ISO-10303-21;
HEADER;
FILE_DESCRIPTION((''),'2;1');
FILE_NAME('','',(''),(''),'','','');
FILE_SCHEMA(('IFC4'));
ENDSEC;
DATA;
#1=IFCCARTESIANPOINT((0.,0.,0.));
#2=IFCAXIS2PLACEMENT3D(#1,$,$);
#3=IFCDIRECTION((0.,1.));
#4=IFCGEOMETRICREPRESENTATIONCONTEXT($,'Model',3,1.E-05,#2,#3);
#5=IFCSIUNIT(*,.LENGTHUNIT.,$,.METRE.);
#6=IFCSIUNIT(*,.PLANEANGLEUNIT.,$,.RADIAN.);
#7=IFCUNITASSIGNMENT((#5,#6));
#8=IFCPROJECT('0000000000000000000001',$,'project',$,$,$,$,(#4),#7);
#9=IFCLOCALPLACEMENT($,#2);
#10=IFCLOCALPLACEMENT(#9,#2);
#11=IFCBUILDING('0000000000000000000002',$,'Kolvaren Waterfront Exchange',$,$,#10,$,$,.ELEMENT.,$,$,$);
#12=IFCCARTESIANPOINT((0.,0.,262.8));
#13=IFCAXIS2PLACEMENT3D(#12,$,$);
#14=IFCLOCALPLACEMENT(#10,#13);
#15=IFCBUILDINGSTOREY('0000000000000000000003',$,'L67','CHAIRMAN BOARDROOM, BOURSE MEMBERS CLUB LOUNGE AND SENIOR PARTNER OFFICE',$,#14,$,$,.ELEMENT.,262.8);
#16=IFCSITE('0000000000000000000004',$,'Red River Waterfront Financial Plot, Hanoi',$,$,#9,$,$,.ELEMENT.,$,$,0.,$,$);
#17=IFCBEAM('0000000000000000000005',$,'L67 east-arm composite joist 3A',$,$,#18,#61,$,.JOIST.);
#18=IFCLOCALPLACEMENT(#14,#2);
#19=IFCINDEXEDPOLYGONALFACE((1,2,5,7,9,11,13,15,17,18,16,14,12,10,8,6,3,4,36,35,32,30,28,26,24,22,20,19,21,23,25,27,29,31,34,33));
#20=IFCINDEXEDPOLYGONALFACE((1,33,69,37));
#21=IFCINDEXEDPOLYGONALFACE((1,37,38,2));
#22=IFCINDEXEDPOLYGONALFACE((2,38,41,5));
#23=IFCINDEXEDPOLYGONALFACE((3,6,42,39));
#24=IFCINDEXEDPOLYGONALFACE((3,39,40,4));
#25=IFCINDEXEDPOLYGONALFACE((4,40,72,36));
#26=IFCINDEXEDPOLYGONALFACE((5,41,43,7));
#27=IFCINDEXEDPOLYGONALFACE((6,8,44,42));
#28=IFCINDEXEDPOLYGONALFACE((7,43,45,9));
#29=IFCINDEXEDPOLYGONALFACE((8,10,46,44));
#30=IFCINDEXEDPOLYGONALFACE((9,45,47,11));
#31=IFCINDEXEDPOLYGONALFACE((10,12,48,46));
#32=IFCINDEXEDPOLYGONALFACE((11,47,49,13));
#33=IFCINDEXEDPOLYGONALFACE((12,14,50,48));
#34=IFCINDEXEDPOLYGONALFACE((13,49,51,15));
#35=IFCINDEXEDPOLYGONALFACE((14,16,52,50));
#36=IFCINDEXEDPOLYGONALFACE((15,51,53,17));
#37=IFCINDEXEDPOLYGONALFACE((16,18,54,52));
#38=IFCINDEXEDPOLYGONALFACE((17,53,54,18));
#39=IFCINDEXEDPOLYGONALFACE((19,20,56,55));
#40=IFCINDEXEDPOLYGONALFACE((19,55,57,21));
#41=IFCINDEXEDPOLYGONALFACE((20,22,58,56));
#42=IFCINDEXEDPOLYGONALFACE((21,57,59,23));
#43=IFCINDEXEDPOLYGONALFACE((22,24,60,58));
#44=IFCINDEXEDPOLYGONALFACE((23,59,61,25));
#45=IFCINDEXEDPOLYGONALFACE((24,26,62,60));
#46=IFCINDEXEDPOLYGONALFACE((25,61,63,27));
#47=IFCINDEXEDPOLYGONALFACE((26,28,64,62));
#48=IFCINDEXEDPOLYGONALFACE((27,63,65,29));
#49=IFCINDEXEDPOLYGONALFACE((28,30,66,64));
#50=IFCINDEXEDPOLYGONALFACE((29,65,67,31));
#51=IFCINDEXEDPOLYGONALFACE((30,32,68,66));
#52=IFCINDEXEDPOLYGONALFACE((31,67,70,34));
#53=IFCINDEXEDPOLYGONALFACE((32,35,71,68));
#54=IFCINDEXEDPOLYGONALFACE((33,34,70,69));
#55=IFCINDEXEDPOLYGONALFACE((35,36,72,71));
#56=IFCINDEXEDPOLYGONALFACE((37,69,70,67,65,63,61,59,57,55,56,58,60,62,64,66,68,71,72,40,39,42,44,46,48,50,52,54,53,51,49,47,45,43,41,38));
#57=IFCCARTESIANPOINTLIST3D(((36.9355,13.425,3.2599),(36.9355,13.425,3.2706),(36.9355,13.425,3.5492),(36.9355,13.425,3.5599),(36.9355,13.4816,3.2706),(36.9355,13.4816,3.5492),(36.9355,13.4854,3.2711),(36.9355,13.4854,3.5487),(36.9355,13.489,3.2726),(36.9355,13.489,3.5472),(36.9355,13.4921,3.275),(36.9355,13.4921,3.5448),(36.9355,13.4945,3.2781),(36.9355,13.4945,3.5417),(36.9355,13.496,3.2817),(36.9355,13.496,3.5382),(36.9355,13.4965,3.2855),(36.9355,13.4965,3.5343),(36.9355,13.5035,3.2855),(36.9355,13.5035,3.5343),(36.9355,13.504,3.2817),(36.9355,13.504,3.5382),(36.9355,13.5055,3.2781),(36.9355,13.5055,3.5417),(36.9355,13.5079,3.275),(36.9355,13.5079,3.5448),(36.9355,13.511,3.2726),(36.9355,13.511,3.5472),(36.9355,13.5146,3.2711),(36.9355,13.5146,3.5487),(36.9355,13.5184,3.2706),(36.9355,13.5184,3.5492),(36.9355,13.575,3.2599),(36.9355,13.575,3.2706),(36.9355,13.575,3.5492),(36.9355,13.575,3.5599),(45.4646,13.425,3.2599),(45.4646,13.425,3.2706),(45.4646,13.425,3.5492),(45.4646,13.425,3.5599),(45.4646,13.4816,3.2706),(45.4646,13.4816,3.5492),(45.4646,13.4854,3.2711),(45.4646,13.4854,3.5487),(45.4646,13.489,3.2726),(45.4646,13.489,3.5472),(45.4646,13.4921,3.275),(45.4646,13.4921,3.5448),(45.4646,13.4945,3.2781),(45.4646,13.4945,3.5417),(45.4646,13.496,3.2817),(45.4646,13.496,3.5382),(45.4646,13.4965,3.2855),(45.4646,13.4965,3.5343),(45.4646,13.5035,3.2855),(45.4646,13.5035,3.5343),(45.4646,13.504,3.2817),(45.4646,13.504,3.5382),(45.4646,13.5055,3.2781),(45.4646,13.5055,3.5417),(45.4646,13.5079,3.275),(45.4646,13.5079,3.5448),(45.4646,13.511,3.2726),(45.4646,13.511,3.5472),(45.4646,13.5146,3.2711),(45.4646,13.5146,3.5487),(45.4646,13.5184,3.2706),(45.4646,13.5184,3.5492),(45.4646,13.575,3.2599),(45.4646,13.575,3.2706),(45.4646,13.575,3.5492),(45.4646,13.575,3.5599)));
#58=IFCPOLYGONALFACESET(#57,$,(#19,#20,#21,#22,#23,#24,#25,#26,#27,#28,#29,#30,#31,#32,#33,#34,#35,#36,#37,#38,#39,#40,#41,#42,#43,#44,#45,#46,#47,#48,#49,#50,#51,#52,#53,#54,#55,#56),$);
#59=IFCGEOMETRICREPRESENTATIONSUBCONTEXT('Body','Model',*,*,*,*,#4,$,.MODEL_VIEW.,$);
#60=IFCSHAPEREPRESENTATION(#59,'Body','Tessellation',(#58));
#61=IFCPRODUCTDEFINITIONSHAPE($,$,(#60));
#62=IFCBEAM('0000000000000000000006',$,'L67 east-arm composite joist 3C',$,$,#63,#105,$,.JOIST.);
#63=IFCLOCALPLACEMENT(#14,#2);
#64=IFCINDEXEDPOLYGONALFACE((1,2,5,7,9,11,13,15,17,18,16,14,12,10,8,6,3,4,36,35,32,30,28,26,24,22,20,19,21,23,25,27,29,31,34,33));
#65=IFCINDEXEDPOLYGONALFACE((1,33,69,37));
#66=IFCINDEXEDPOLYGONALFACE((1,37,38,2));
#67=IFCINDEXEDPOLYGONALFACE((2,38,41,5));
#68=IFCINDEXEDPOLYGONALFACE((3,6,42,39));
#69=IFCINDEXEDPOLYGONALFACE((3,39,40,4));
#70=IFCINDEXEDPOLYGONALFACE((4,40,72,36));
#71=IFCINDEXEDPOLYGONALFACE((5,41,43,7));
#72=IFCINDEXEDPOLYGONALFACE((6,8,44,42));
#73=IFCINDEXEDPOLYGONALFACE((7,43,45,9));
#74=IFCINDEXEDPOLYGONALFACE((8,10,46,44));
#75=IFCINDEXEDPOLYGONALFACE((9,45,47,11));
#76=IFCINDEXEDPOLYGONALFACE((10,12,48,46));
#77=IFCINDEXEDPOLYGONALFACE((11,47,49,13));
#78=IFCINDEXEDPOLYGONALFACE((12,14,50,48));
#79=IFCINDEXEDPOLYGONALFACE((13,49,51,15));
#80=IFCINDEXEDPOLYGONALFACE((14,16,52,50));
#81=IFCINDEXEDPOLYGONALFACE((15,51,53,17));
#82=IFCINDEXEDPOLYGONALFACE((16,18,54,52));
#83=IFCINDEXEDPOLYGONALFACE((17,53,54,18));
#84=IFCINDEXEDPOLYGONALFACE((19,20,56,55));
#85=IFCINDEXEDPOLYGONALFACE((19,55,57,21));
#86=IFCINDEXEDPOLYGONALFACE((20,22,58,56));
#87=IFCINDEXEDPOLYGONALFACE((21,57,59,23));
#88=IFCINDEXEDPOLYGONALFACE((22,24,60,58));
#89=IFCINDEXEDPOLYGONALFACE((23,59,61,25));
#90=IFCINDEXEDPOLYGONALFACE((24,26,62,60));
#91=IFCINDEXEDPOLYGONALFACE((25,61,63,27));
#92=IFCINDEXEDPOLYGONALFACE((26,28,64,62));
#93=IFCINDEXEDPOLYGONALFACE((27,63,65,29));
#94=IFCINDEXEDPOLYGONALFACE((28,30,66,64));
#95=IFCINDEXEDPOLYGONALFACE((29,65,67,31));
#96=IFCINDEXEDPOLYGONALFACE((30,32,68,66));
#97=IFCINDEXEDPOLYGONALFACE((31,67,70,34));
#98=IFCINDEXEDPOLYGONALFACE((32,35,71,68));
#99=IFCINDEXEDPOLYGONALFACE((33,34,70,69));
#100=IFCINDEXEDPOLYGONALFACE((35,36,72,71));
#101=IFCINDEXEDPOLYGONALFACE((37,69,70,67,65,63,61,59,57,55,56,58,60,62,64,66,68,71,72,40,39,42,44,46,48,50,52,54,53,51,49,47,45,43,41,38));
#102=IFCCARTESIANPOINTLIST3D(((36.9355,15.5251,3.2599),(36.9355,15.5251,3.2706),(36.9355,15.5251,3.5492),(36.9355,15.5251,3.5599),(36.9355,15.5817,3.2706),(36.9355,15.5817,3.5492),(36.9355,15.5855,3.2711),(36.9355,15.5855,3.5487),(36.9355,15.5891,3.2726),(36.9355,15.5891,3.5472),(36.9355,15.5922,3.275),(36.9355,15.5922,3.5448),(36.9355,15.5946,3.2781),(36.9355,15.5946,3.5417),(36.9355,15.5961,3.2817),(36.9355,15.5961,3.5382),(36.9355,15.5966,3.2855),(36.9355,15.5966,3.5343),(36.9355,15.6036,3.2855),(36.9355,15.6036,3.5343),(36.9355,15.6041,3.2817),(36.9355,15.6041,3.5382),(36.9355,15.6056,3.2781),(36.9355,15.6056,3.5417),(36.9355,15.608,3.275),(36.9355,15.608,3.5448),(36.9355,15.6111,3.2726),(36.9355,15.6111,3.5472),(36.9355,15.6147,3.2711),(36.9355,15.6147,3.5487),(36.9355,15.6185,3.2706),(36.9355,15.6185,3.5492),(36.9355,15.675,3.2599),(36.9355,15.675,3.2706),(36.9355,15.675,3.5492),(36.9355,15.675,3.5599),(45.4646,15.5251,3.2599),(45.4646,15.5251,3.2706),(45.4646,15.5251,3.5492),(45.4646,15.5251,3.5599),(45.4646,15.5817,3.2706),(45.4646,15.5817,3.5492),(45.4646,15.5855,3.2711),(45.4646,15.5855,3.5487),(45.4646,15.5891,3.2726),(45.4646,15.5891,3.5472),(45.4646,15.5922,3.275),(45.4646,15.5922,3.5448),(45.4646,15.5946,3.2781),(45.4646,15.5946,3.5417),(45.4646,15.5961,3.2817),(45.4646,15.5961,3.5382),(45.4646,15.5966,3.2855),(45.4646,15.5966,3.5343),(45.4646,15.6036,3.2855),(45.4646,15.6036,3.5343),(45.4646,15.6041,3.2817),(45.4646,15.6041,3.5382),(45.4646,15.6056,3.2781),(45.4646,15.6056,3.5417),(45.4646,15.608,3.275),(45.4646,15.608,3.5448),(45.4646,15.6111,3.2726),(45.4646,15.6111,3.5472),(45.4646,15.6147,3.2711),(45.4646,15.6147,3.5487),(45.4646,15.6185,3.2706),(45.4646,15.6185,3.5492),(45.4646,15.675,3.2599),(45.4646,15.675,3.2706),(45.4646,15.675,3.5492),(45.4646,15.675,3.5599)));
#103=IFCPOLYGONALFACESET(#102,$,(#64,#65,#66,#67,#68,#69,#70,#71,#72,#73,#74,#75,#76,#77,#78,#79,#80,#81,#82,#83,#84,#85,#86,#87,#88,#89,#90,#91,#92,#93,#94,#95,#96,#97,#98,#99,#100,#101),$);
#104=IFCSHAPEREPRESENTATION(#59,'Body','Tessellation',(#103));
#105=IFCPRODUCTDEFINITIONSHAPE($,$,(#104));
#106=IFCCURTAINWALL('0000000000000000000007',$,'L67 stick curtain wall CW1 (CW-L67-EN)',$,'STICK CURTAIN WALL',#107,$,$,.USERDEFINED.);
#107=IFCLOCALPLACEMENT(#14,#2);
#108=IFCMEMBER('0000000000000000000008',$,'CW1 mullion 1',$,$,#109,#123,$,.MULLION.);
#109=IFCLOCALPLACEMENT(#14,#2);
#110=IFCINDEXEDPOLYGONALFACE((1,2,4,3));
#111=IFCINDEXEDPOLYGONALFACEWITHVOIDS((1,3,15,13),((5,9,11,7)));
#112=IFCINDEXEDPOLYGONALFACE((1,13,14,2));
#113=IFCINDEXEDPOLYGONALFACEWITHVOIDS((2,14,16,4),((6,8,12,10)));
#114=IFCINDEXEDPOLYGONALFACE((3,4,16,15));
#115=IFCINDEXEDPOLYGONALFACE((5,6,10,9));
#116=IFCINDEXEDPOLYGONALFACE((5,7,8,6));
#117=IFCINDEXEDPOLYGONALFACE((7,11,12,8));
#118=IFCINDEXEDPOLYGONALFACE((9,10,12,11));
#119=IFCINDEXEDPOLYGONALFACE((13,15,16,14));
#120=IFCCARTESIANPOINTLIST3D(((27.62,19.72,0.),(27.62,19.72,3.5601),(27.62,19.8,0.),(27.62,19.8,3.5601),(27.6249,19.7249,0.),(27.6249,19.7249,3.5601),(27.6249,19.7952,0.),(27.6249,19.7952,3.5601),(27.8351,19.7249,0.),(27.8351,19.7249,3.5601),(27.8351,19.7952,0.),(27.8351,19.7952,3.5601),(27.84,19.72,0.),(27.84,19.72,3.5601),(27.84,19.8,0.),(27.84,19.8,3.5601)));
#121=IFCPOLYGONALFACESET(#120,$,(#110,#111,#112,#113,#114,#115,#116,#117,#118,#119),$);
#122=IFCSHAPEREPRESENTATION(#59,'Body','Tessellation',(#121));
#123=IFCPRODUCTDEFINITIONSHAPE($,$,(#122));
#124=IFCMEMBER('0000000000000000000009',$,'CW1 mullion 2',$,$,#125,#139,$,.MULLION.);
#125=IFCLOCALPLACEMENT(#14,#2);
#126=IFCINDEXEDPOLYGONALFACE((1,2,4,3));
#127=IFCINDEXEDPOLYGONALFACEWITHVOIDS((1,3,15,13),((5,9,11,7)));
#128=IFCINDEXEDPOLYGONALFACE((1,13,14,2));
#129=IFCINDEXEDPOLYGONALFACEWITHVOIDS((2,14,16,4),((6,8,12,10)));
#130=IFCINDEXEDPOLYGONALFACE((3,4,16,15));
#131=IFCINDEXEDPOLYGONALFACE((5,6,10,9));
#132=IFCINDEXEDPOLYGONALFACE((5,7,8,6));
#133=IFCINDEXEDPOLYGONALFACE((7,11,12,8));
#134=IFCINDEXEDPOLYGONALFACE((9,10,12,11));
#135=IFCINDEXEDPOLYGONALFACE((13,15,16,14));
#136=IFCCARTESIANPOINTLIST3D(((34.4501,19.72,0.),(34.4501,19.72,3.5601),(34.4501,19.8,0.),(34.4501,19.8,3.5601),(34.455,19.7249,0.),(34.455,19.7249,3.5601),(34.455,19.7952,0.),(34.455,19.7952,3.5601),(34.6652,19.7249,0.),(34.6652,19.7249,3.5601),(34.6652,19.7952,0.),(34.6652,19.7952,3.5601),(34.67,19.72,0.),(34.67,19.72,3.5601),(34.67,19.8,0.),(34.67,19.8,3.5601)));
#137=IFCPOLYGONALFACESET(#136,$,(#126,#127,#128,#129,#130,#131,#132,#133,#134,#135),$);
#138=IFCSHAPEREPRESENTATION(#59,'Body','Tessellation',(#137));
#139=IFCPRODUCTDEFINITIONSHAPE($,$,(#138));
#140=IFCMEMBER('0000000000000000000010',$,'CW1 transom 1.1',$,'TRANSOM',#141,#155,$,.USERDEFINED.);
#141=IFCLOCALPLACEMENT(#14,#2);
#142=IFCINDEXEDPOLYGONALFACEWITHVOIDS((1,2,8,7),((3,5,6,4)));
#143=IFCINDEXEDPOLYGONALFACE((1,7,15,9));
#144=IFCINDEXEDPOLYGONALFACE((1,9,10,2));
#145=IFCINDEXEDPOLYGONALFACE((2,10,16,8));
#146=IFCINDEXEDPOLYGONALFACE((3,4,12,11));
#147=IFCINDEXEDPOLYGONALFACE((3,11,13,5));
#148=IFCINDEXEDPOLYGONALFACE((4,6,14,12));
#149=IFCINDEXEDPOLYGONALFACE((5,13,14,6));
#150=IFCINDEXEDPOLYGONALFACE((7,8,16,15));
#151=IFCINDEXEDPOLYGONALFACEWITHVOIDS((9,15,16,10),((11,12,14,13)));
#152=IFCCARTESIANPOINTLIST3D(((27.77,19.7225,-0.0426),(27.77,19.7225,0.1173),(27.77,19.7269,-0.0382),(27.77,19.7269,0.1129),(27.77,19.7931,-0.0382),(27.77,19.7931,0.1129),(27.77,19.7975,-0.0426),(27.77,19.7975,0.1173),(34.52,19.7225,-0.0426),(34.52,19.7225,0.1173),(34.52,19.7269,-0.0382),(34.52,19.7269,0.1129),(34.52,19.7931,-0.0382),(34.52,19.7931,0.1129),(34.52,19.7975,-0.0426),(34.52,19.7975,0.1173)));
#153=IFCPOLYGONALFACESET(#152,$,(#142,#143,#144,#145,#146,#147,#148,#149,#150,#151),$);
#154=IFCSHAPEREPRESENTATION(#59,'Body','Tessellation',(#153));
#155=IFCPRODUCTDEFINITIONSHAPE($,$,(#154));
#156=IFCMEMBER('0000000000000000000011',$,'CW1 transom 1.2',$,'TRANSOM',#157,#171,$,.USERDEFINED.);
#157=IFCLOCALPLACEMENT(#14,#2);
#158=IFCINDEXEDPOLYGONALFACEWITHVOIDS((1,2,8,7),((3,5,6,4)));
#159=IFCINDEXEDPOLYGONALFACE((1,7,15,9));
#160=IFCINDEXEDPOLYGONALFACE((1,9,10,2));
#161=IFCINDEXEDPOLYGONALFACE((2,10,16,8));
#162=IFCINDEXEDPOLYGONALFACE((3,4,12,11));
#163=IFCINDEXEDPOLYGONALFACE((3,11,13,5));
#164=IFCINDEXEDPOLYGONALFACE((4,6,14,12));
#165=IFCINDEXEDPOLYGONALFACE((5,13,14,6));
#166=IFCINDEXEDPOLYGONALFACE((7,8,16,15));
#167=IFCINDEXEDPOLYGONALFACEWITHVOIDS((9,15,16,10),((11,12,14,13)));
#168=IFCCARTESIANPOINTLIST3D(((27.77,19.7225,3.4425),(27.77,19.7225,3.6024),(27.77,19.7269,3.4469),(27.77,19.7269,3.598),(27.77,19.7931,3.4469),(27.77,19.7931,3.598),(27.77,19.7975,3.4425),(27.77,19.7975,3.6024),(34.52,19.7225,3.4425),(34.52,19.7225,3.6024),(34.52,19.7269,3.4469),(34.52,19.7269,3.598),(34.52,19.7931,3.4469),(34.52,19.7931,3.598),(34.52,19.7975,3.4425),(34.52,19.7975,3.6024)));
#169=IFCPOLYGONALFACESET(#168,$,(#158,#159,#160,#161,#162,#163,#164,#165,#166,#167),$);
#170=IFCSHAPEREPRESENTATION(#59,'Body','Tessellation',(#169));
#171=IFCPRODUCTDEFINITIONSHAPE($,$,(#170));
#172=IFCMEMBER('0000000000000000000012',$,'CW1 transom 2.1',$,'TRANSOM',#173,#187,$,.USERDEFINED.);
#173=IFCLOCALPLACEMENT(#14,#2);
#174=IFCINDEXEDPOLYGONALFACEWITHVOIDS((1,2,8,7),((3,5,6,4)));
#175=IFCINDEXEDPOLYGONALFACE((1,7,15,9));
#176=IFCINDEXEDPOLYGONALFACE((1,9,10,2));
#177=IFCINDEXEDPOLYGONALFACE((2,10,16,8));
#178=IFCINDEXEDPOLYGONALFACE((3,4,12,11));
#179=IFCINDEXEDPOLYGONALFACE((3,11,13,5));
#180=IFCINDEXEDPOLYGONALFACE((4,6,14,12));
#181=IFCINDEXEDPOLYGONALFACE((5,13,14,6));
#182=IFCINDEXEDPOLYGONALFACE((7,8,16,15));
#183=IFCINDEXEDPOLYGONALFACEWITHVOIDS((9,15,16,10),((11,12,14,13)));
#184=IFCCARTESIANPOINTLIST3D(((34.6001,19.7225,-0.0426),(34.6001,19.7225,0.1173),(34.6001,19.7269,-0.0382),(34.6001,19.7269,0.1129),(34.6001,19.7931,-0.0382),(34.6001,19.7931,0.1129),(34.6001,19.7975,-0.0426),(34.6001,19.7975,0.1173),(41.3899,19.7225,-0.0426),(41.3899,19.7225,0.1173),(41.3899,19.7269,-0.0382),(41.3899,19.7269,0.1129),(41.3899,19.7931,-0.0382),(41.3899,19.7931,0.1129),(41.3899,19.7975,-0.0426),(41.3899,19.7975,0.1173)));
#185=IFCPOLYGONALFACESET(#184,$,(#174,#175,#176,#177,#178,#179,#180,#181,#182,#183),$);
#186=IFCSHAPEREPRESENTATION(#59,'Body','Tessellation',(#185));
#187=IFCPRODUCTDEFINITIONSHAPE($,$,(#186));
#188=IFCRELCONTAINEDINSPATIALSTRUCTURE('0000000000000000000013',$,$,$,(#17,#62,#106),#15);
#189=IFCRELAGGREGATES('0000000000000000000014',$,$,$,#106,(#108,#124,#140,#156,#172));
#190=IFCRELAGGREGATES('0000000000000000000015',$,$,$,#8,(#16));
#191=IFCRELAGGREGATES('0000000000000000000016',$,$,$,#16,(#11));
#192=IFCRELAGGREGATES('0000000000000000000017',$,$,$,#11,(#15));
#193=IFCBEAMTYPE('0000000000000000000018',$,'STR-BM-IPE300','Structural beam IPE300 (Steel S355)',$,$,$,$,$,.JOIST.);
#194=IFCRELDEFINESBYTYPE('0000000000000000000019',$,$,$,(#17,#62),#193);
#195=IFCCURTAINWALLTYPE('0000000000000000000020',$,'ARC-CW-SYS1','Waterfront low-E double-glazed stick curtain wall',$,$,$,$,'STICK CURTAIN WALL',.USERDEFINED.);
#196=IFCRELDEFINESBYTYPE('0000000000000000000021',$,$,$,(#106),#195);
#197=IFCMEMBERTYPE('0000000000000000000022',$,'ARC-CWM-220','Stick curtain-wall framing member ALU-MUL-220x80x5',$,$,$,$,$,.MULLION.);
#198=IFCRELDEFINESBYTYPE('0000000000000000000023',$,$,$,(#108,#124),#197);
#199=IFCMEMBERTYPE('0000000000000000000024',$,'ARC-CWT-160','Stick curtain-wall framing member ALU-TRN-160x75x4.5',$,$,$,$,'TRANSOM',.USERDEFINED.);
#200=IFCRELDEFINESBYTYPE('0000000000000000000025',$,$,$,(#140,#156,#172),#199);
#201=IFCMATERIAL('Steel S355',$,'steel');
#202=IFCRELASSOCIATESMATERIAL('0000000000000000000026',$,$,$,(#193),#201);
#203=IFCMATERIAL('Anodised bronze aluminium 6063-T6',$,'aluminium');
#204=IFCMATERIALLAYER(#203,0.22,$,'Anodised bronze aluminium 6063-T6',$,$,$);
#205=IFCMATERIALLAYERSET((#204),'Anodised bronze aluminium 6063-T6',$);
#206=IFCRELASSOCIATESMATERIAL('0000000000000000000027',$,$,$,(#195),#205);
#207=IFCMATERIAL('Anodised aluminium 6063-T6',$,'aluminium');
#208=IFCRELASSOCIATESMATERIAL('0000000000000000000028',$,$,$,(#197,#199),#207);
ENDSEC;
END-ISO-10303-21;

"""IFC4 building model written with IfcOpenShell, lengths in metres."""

from ifc_helpers import new_model, si_unit, direction, frame, origin, origin_with_axes, origin_2d, place, context, subcontext, project, spatial, hollow_rectangle, i_section, extrude, source, transform, mapped, material, layer, layer_set, material_profile, profile_set, type_object, element, aggregate, save


model = new_model("IFC4")

# Units and contexts
model_context = context("Model", 3, precision=1e-05, world=origin(), true_north=direction((0.0, 1.0)))
body_context = subcontext(model_context, "Body", "Model", "MODEL_VIEW")
ifc_project = project(units=[si_unit("LENGTHUNIT", "METRE"), si_unit("PLANEANGLEUNIT", "RADIAN")], contexts=[model_context])

# Site, building, storey
site_placement = place(None, origin())
site = spatial("IfcSite", under=ifc_project, at=site_placement, Name="Red River Waterfront Financial Plot, Hanoi", CompositionType="ELEMENT", RefElevation=0.0)
building_placement = place(site_placement, origin())
building = spatial("IfcBuilding", under=site, at=building_placement, Name="Kolvaren Waterfront Exchange", CompositionType="ELEMENT")
storey_placement = place(building_placement, frame((0.0, 0.0, 262.8)))
storey = spatial("IfcBuildingStorey", under=building, at=storey_placement, Name="L67", Description="CHAIRMAN BOARDROOM, BOURSE MEMBERS CLUB LOUNGE AND SENIOR PARTNER OFFICE", CompositionType="ELEMENT", Elevation=262.8)

# Beams
ifc_material_1 = material(Name="Steel S355", Category="steel")
ifc_material_profile_1 = material_profile(ifc_material_1, i_section(OverallWidth=0.1499, OverallDepth=0.3, WebThickness=0.0071, FlangeThickness=0.0107, FilletRadius=0.0149, at=origin_2d()), Name="IPE300")
ifc_profile_set_1 = profile_set([ifc_material_profile_1], Name="Steel S355")
beam_type_1 = type_object("IfcBeamType", Name="STR-BM-IPE300", Description="Structural beam IPE300 (Steel S355)", PredefinedType="JOIST", material=ifc_profile_set_1)
for number, where, z_axis, x_axis, name in (
    (1, (36.9355, 13.5, 3.4099), (1.0, 0.0, 0.0), (0.0, 1.0, 0.0), "L67 east-arm composite joist 3A"),
    (2, (36.9355, 15.6001, 3.4099), (1.0, 0.0, 0.0), (0.0, 1.0, 0.0), "L67 east-arm composite joist 3C"),
):
    element("IfcBeam", number, at=place(storey_placement, frame(where, z_axis=z_axis, x_axis=x_axis)), inside=storey, type_object=beam_type_1, Name=name, PredefinedType="JOIST", context=body_context, shape_type="SweptSolid", body=[
        extrude(i_section(OverallWidth=0.1499, OverallDepth=0.3, WebThickness=0.0071, FlangeThickness=0.0107, FilletRadius=0.0149, at=origin_2d()), origin(), (0.0, 0.0, 1.0), 8.5291),
    ])

# Curtain wall, members
ifc_material_2 = material(Name="Anodised bronze aluminium 6063-T6", Category="aluminium")
ifc_layer_1 = layer(ifc_material_2, 0.22, Name="Anodised bronze aluminium 6063-T6")
ifc_layer_set_1 = layer_set([ifc_layer_1], Name="Anodised bronze aluminium 6063-T6")
curtain_wall_type = type_object("IfcCurtainWallType", Name="ARC-CW-SYS1", Description="Waterfront low-E double-glazed stick curtain wall", ElementType="STICK CURTAIN WALL", PredefinedType="USERDEFINED", material=ifc_layer_set_1)
curtain_wall_placement = place(storey_placement, origin())
curtain_wall = element("IfcCurtainWall", 3, at=curtain_wall_placement, inside=storey, type_object=curtain_wall_type, Name="L67 stick curtain wall CW1 (CW-L67-EN)", ObjectType="STICK CURTAIN WALL", PredefinedType="USERDEFINED")
ifc_material_3 = material(Name="Anodised aluminium 6063-T6", Category="aluminium")
ifc_material_profile_2 = material_profile(ifc_material_3, hollow_rectangle(XDim=0.0801, YDim=0.22, WallThickness=0.0049, at=origin_2d()), Name="ALU-MUL-220x80x5")
ifc_profile_set_2 = profile_set([ifc_material_profile_2], Name="Anodised aluminium 6063-T6")
member_type_1 = type_object("IfcMemberType", Name="ARC-CWM-220", Description="Stick curtain-wall framing member ALU-MUL-220x80x5", PredefinedType="MULLION", material=ifc_profile_set_2)
shared_shape_1 = source(origin_with_axes(), body_context, "Body", "SweptSolid", [
    extrude(hollow_rectangle(XDim=0.0801, YDim=0.22, WallThickness=0.0049, at=origin_2d()), origin(), (0.0, 0.0, 1.0), 3.5601),
])
member_1_placement = place(storey_placement, frame((27.73, 19.76, 0.0), z_axis=(0.0, 0.0, 1.0), x_axis=(0.0, 1.0, 0.0)))
member_1 = element("IfcMember", 4, at=member_1_placement, type_object=member_type_1, Name="CW1 mullion 1", PredefinedType="MULLION", context=body_context, shape_type="MappedRepresentation", body=[
    mapped(shared_shape_1, transform((0.0, 0.0, 0.0), x_axis=(1.0, 0.0, 0.0), y_axis=(0.0, 1.0, 0.0), z_axis=(0.0, 0.0, 1.0), scale=1.0)),
])
member_2_placement = place(storey_placement, frame((34.5601, 19.76, 0.0), z_axis=(0.0, 0.0, 1.0), x_axis=(0.0, 1.0, 0.0)))
member_2 = element("IfcMember", 5, at=member_2_placement, type_object=member_type_1, Name="CW1 mullion 2", PredefinedType="MULLION", context=body_context, shape_type="MappedRepresentation", body=[
    mapped(shared_shape_1, transform((0.0, 0.0, 0.0), x_axis=(1.0, 0.0, 0.0), y_axis=(0.0, 1.0, 0.0), z_axis=(0.0, 0.0, 1.0), scale=1.0)),
])
ifc_material_profile_3 = material_profile(ifc_material_3, hollow_rectangle(XDim=0.075, YDim=0.1599, WallThickness=0.0044, at=origin_2d()), Name="ALU-TRN-160x75x4.5")
ifc_profile_set_3 = profile_set([ifc_material_profile_3], Name="Anodised aluminium 6063-T6")
member_type_2 = type_object("IfcMemberType", Name="ARC-CWT-160", Description="Stick curtain-wall framing member ALU-TRN-160x75x4.5", ElementType="TRANSOM", PredefinedType="USERDEFINED", material=ifc_profile_set_3)
shared_shape_2 = source(origin_with_axes(), body_context, "Body", "SweptSolid", [
    extrude(hollow_rectangle(XDim=0.075, YDim=0.1599, WallThickness=0.0044, at=origin_2d()), origin(), (0.0, 0.0, 1.0), 6.75),
])
member_3_placement = place(storey_placement, frame((27.77, 19.76, 0.0374), z_axis=(1.0, 0.0, 0.0), x_axis=(0.0, 1.0, 0.0)))
member_3 = element("IfcMember", 6, at=member_3_placement, type_object=member_type_2, Name="CW1 transom 1.1", ObjectType="TRANSOM", PredefinedType="USERDEFINED", context=body_context, shape_type="MappedRepresentation", body=[
    mapped(shared_shape_2, transform((0.0, 0.0, 0.0), x_axis=(1.0, 0.0, 0.0), y_axis=(0.0, 1.0, 0.0), z_axis=(0.0, 0.0, 1.0), scale=1.0)),
])
member_4_placement = place(storey_placement, frame((27.77, 19.76, 3.5225), z_axis=(1.0, 0.0, 0.0), x_axis=(0.0, 1.0, 0.0)))
member_4 = element("IfcMember", 7, at=member_4_placement, type_object=member_type_2, Name="CW1 transom 1.2", ObjectType="TRANSOM", PredefinedType="USERDEFINED", context=body_context, shape_type="MappedRepresentation", body=[
    mapped(shared_shape_2, transform((0.0, 0.0, 0.0), x_axis=(1.0, 0.0, 0.0), y_axis=(0.0, 1.0, 0.0), z_axis=(0.0, 0.0, 1.0), scale=1.0)),
])
shared_shape_3 = source(origin_with_axes(), body_context, "Body", "SweptSolid", [
    extrude(hollow_rectangle(XDim=0.075, YDim=0.1599, WallThickness=0.0044, at=origin_2d()), origin(), (0.0, 0.0, 1.0), 6.7898),
])
member_5_placement = place(storey_placement, frame((34.6001, 19.76, 0.0374), z_axis=(1.0, 0.0, 0.0), x_axis=(0.0, 1.0, 0.0)))
member_5 = element("IfcMember", 8, at=member_5_placement, type_object=member_type_2, Name="CW1 transom 2.1", ObjectType="TRANSOM", PredefinedType="USERDEFINED", context=body_context, shape_type="MappedRepresentation", body=[
    mapped(shared_shape_3, transform((0.0, 0.0, 0.0), x_axis=(1.0, 0.0, 0.0), y_axis=(0.0, 1.0, 0.0), z_axis=(0.0, 0.0, 1.0), scale=1.0)),
])
aggregate(curtain_wall, [member_1, member_2, member_3, member_4, member_5])

save(model, "model.ifc")
